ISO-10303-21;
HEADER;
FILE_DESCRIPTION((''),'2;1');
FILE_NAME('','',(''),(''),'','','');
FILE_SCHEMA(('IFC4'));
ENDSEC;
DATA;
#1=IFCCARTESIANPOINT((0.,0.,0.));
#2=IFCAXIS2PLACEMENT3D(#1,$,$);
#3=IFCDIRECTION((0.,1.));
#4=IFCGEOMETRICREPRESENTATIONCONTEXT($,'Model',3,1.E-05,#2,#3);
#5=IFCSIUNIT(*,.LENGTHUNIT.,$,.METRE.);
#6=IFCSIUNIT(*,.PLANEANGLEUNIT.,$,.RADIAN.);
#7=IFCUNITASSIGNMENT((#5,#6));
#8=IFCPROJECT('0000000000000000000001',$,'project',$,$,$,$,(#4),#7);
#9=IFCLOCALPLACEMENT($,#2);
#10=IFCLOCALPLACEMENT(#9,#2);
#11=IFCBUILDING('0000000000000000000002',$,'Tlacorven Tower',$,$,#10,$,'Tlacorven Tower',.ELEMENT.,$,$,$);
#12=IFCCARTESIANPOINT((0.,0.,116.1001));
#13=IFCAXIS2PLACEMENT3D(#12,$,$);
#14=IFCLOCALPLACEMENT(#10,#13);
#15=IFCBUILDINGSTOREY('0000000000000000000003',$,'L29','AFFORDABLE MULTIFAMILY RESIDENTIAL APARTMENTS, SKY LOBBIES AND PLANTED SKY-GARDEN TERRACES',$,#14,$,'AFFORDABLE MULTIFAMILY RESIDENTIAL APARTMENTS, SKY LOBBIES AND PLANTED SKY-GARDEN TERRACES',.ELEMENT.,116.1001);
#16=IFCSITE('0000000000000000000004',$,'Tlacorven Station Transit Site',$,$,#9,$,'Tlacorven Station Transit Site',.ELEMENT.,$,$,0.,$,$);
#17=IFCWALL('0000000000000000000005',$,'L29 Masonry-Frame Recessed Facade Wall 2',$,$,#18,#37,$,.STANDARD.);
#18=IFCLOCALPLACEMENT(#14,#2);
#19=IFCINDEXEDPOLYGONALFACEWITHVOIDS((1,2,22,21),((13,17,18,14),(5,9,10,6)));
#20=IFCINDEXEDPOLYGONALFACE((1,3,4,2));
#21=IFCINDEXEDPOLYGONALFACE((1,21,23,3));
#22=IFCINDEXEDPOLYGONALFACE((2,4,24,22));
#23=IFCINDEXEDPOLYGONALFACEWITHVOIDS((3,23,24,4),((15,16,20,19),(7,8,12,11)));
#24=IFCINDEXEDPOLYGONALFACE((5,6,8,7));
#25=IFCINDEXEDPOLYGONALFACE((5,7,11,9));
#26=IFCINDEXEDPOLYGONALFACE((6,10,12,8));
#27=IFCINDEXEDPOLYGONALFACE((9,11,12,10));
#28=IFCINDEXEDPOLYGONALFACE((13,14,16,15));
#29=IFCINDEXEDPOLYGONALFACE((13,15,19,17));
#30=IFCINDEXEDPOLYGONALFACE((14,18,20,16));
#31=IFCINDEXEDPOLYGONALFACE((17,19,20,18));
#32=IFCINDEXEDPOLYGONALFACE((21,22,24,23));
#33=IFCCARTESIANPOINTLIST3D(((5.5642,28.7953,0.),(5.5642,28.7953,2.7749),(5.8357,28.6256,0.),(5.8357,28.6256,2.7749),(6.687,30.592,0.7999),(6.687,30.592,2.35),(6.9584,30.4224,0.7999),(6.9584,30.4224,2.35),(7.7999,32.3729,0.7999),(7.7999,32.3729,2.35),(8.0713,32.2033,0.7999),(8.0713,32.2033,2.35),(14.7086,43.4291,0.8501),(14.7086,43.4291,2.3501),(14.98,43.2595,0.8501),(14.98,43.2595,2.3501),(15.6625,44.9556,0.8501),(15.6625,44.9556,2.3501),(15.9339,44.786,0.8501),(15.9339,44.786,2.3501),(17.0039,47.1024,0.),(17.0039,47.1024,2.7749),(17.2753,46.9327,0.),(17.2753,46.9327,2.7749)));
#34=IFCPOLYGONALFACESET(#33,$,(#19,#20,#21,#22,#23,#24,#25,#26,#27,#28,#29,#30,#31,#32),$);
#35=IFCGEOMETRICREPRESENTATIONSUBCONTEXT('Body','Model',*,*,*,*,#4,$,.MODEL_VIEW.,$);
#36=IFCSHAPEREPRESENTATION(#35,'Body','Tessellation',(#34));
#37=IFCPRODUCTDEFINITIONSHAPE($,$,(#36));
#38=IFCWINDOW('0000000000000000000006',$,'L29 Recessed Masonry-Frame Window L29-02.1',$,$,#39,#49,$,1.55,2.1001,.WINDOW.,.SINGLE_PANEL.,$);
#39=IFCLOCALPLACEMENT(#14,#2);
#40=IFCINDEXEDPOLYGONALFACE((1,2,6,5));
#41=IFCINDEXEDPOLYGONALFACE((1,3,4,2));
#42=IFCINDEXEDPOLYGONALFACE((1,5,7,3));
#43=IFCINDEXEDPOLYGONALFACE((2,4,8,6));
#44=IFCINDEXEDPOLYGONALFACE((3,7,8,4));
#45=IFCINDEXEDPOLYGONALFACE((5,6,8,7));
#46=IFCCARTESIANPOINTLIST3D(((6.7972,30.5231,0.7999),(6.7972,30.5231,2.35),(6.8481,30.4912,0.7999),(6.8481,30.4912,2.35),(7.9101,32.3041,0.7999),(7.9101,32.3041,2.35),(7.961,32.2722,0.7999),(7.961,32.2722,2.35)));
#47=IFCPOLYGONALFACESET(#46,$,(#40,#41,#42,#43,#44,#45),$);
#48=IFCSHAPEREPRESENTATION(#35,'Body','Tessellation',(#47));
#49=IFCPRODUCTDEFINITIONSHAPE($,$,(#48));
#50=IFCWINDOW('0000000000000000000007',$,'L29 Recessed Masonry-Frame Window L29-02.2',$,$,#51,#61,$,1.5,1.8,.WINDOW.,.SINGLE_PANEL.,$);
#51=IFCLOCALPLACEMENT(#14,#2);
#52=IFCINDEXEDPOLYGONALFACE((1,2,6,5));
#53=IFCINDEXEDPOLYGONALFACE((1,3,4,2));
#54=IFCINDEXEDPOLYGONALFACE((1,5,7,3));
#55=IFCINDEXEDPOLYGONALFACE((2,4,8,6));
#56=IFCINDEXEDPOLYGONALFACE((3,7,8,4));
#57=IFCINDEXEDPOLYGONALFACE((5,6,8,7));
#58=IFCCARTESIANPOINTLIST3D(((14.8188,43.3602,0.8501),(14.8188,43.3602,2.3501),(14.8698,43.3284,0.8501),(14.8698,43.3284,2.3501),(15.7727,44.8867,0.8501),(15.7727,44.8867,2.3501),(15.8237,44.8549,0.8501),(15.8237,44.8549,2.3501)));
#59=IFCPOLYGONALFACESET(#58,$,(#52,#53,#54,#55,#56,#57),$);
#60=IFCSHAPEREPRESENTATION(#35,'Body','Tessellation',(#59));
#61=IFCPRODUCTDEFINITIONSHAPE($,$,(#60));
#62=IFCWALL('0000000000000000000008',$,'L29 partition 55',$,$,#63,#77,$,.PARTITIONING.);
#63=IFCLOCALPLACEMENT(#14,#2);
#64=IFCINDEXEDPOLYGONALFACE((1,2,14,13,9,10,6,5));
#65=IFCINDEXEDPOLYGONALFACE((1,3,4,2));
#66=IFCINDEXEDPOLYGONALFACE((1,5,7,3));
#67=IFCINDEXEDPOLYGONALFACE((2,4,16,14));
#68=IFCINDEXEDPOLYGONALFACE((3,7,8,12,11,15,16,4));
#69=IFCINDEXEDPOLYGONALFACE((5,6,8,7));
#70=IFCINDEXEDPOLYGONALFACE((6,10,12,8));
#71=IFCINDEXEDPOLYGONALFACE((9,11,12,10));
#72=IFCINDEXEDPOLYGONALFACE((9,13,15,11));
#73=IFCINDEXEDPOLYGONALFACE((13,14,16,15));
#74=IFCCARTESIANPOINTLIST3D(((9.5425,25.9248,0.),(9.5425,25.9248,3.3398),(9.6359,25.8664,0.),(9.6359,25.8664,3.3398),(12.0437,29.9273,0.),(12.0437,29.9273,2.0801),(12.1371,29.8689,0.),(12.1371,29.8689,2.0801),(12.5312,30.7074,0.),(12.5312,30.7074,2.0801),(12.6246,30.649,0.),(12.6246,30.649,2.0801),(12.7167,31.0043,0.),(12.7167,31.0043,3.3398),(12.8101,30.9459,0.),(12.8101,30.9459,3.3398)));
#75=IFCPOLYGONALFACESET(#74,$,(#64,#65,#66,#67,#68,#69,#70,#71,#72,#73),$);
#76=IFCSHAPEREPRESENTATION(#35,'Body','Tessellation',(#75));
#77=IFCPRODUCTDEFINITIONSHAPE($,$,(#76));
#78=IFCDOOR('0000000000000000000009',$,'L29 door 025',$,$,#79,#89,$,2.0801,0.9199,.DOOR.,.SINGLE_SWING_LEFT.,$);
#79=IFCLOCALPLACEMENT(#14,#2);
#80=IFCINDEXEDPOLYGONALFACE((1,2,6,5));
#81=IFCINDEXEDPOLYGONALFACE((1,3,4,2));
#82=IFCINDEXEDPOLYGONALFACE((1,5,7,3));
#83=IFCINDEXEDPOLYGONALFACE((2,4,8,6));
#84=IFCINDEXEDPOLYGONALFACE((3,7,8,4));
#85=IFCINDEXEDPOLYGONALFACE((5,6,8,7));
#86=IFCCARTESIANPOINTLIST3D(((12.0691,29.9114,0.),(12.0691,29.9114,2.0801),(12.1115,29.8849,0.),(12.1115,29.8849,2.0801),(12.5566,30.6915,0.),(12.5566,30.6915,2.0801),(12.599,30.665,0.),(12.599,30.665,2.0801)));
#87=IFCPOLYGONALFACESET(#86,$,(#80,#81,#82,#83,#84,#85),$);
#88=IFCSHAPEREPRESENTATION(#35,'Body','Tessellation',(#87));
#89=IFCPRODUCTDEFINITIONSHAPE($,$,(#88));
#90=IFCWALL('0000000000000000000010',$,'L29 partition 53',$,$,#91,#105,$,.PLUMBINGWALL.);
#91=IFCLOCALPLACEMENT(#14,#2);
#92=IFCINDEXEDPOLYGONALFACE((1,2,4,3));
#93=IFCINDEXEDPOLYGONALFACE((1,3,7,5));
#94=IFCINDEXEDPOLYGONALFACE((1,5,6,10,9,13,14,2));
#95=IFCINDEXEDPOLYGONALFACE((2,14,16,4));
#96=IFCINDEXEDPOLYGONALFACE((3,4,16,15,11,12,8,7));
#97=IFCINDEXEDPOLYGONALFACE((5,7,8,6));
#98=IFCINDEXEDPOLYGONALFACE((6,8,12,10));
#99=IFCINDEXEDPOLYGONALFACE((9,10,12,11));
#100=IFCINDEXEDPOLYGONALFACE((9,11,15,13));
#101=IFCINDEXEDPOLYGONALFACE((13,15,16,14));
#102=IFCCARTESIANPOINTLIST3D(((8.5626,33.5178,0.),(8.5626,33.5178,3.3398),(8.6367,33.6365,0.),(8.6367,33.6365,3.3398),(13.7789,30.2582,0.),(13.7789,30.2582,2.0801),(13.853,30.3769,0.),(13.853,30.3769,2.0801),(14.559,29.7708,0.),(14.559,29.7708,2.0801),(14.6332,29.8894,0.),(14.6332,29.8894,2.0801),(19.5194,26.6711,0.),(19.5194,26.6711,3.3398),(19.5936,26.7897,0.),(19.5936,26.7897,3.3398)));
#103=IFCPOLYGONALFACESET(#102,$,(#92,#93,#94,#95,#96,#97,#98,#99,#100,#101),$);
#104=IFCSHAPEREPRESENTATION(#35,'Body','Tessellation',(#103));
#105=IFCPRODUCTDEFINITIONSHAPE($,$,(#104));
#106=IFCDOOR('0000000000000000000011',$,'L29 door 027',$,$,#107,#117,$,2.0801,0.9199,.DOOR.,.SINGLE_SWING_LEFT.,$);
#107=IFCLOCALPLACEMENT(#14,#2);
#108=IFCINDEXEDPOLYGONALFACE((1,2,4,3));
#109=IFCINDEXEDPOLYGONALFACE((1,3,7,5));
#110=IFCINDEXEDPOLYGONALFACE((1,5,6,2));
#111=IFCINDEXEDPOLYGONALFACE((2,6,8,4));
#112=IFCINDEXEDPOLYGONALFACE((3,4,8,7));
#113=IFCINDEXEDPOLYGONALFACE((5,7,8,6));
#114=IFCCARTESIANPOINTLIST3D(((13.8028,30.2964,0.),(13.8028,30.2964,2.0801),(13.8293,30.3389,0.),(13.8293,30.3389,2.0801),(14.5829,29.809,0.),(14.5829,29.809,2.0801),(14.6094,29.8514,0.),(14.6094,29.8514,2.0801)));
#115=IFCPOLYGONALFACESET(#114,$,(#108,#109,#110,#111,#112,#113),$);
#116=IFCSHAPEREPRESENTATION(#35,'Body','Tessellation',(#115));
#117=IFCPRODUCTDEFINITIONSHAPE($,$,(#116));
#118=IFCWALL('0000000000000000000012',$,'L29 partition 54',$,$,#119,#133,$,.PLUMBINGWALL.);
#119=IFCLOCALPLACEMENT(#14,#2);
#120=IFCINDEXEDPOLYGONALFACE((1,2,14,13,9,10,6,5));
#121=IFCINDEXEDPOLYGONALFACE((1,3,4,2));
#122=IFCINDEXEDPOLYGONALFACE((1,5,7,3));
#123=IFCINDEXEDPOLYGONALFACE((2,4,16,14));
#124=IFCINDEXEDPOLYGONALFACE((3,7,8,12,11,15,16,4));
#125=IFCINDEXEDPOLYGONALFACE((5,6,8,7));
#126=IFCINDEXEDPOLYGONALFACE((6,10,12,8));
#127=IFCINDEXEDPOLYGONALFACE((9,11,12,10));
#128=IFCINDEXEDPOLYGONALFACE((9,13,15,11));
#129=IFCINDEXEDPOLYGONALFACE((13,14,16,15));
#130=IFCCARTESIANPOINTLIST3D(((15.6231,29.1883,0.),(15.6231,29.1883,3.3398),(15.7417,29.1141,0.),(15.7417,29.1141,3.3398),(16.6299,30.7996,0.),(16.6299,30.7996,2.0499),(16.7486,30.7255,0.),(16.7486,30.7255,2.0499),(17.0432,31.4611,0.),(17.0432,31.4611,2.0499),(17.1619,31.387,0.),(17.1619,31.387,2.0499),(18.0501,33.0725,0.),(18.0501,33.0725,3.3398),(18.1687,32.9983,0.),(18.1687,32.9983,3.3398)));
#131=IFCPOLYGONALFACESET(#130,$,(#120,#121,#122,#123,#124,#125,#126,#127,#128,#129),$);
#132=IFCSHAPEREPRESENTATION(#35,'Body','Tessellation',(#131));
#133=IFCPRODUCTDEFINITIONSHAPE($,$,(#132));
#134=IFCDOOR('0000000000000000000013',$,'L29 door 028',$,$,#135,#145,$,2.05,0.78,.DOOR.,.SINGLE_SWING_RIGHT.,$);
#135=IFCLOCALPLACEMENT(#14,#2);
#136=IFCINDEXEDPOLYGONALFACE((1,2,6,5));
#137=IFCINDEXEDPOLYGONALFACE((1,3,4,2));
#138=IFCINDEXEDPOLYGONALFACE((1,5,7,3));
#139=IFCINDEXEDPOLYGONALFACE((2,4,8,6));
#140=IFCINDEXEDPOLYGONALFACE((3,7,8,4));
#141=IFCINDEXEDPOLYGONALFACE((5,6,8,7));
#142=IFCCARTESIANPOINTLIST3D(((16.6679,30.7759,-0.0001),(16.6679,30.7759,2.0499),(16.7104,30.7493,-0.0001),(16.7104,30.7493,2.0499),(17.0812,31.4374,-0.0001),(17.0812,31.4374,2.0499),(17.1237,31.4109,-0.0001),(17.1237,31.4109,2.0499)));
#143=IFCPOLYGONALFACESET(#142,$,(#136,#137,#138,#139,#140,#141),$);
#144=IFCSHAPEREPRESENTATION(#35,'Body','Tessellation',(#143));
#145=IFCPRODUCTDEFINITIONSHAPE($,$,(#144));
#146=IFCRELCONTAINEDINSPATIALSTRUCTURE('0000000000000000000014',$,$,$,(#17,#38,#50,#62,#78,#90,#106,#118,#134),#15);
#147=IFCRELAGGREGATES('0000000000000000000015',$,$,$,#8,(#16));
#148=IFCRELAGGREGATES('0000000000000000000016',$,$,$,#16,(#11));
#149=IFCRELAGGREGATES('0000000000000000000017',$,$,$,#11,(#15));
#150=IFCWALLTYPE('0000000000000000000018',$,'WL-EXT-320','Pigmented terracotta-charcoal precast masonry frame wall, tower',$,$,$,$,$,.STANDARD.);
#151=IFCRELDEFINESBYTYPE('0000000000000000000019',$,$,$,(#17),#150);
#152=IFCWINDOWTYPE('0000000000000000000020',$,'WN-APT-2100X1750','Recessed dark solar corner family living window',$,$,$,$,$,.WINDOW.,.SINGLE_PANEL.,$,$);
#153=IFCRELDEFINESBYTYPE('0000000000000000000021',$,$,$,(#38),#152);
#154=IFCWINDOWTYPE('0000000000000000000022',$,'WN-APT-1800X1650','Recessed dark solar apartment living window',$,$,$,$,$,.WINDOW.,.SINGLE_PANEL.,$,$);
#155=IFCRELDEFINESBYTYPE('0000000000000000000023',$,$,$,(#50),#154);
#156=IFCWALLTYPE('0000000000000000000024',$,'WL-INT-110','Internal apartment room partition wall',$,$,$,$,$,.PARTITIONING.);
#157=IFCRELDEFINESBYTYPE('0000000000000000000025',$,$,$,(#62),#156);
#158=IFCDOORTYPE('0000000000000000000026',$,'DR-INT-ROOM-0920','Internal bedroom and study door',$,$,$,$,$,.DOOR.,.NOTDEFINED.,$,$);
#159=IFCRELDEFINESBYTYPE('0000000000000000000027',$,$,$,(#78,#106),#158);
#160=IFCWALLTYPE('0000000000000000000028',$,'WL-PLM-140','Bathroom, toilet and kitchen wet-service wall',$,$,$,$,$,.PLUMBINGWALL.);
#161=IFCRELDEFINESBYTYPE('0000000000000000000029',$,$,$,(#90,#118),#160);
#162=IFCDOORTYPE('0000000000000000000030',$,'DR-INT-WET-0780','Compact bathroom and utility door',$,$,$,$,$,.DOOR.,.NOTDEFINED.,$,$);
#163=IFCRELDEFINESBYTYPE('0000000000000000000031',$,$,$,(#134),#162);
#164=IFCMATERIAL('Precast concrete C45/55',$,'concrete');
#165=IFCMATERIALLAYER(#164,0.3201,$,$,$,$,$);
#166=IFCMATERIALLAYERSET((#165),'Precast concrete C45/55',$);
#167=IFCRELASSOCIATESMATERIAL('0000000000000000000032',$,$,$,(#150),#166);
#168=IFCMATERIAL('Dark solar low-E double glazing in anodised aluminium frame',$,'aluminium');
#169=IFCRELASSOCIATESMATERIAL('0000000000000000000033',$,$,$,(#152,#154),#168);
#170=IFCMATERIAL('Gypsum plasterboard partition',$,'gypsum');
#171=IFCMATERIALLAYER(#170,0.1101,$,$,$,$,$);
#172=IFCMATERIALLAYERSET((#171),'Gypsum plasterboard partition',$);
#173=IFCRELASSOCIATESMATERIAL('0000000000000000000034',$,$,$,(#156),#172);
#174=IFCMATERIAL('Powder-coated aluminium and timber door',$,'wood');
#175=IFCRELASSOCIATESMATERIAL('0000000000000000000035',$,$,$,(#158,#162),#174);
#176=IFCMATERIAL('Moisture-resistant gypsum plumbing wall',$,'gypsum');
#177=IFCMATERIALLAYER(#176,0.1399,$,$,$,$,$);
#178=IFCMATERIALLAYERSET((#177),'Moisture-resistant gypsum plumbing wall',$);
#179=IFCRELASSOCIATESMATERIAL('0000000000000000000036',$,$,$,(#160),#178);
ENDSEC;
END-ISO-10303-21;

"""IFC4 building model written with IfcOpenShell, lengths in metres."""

from ifc_helpers import new_model, si_unit, direction, frame, frame_2d, origin, place, context, subcontext, project, spatial, rectangle, extrude, source, transform, mapped, material, layer, layer_set, type_object, element, fill, save


model = new_model("IFC4")

# Units and contexts
model_context = context("Model", 3, precision=1e-05, world=origin(), true_north=direction((0.0, 1.0)))
body_context = subcontext(model_context, "Body", "Model", "MODEL_VIEW")
ifc_project = project(units=[si_unit("LENGTHUNIT", "METRE"), si_unit("PLANEANGLEUNIT", "RADIAN")], contexts=[model_context])

# Site, building, storey
site_placement = place(None, origin())
site = spatial("IfcSite", under=ifc_project, at=site_placement, Name="Tlacorven Station Transit Site", LongName="Tlacorven Station Transit Site", CompositionType="ELEMENT", RefElevation=0.0)
building_placement = place(site_placement, origin())
building = spatial("IfcBuilding", under=site, at=building_placement, Name="Tlacorven Tower", LongName="Tlacorven Tower", CompositionType="ELEMENT")
storey_placement = place(building_placement, frame((0.0, 0.0, 116.1001)))
storey = spatial("IfcBuildingStorey", under=building, at=storey_placement, Name="L29", Description="AFFORDABLE MULTIFAMILY RESIDENTIAL APARTMENTS, SKY LOBBIES AND PLANTED SKY-GARDEN TERRACES", LongName="AFFORDABLE MULTIFAMILY RESIDENTIAL APARTMENTS, SKY LOBBIES AND PLANTED SKY-GARDEN TERRACES", CompositionType="ELEMENT", Elevation=116.1001)

# Wall, openings, windows
ifc_material_1 = material(Name="Precast concrete C45/55", Category="concrete")
ifc_layer_1 = layer(ifc_material_1, 0.3201)
ifc_layer_set_1 = layer_set([ifc_layer_1], Name="Precast concrete C45/55")
wall_type_1 = type_object("IfcWallType", Name="WL-EXT-320", Description="Pigmented terracotta-charcoal precast masonry frame wall, tower", PredefinedType="STANDARD", material=ifc_layer_set_1)
wall_1_placement = place(storey_placement, frame((5.7, 28.7104, 0.0), z_axis=(0.0, 0.0, 1.0), x_axis=(0.529924, 0.848045, 0.0)))
wall_1 = element("IfcWall", 1, at=wall_1_placement, inside=storey, type_object=wall_type_1, Name="L29 Masonry-Frame Recessed Facade Wall 2", PredefinedType="STANDARD", context=body_context, shape_type="SweptSolid", body=[
    extrude(rectangle(XDim=21.5874, YDim=0.3201, at=frame_2d((10.7937, 0.0))), origin(), (0.0, 0.0, 1.0), 2.7749),
])
opening_1_placement = place(wall_1_placement, frame((2.1187, 0.0, 0.8)))
opening_1 = element("IfcOpeningElement", 2, at=opening_1_placement, cuts=wall_1, PredefinedType="OPENING", context=body_context, shape_type="SweptSolid", body=[
    extrude(rectangle(XDim=2.1001, YDim=1.55, at=frame_2d((1.05, 0.7749))), frame((0.0, 0.1699, 0.0), z_axis=(0.0, -1.0, 0.0), x_axis=(1.0, 0.0, 0.0)), (0.0, 0.0, 1.0), 0.3401),
])
opening_2_placement = place(wall_1_placement, frame((17.2561, 0.0, 0.8501)))
opening_2 = element("IfcOpeningElement", 3, at=opening_2_placement, cuts=wall_1, PredefinedType="OPENING", context=body_context, shape_type="SweptSolid", body=[
    extrude(rectangle(XDim=1.8, YDim=1.5, at=frame_2d((0.8999, 0.75))), frame((0.0, 0.1699, 0.0), z_axis=(0.0, -1.0, 0.0), x_axis=(1.0, 0.0, 0.0)), (0.0, 0.0, 1.0), 0.3401),
])
ifc_material_2 = material(Name="Dark solar low-E double glazing in anodised aluminium frame", Category="aluminium")
window_type_1 = type_object("IfcWindowType", Name="WN-APT-2100X1750", Description="Recessed dark solar corner family living window", PartitioningType="SINGLE_PANEL", PredefinedType="WINDOW", material=ifc_material_2)
shared_shape_1 = source(origin(), body_context, "Body", "SweptSolid", [
    extrude(rectangle(XDim=2.1001, YDim=1.55, at=frame_2d((1.05, 0.7749))), frame((0.0, 0.03, 0.0), z_axis=(0.0, -1.0, 0.0), x_axis=(1.0, 0.0, 0.0)), (0.0, 0.0, 1.0), 0.0601),
])
window_1_placement = place(opening_1_placement, origin())
window_1 = element("IfcWindow", 4, at=window_1_placement, inside=storey, type_object=window_type_1, Name="L29 Recessed Masonry-Frame Window L29-02.1", OverallHeight=1.55, OverallWidth=2.1001, PartitioningType="SINGLE_PANEL", PredefinedType="WINDOW", context=body_context, shape_type="MappedRepresentation", body=[
    mapped(shared_shape_1, transform((0.0, 0.0, 0.0), scale=1.0)),
])
fill(opening_1, window_1)
window_type_2 = type_object("IfcWindowType", Name="WN-APT-1800X1650", Description="Recessed dark solar apartment living window", PartitioningType="SINGLE_PANEL", PredefinedType="WINDOW", material=ifc_material_2)
shared_shape_2 = source(origin(), body_context, "Body", "SweptSolid", [
    extrude(rectangle(XDim=1.8, YDim=1.5, at=frame_2d((0.8999, 0.75))), frame((0.0, 0.03, 0.0), z_axis=(0.0, -1.0, 0.0), x_axis=(1.0, 0.0, 0.0)), (0.0, 0.0, 1.0), 0.0601),
])
window_2_placement = place(opening_2_placement, origin())
window_2 = element("IfcWindow", 5, at=window_2_placement, inside=storey, type_object=window_type_2, Name="L29 Recessed Masonry-Frame Window L29-02.2", OverallHeight=1.5, OverallWidth=1.8, PartitioningType="SINGLE_PANEL", PredefinedType="WINDOW", context=body_context, shape_type="MappedRepresentation", body=[
    mapped(shared_shape_2, transform((0.0, 0.0, 0.0), scale=1.0)),
])
fill(opening_2, window_2)

# Walls, openings, doors
ifc_material_3 = material(Name="Gypsum plasterboard partition", Category="gypsum")
ifc_layer_2 = layer(ifc_material_3, 0.1101)
ifc_layer_set_2 = layer_set([ifc_layer_2], Name="Gypsum plasterboard partition")
wall_type_2 = type_object("IfcWallType", Name="WL-INT-110", Description="Internal apartment room partition wall", PredefinedType="PARTITIONING", material=ifc_layer_set_2)
wall_2_placement = place(storey_placement, frame((12.7634, 30.9751, 0.0), z_axis=(0.0, 0.0, 1.0), x_axis=(-0.529948, -0.84803, 0.0)))
wall_2 = element("IfcWall", 6, at=wall_2_placement, inside=storey, type_object=wall_type_2, Name="L29 partition 55", PredefinedType="PARTITIONING", context=body_context, shape_type="SweptSolid", body=[
    extrude(rectangle(XDim=5.9897, YDim=0.1101, at=frame_2d((2.9949, 0.0))), origin(), (0.0, 0.0, 1.0), 3.3398),
])
opening_3_placement = place(wall_2_placement, frame((0.3501, 0.0, 0.0)))
opening_3 = element("IfcOpeningElement", 7, at=opening_3_placement, cuts=wall_2, PredefinedType="OPENING", context=body_context, shape_type="SweptSolid", body=[
    extrude(rectangle(XDim=0.9199, YDim=2.0801, at=frame_2d((0.46, 1.04))), frame((0.0, 0.0649, 0.0), z_axis=(0.0, -1.0, 0.0), x_axis=(1.0, 0.0, 0.0)), (0.0, 0.0, 1.0), 0.1301),
])
ifc_material_4 = material(Name="Powder-coated aluminium and timber door", Category="wood")
door_type_1 = type_object("IfcDoorType", Name="DR-INT-ROOM-0920", Description="Internal bedroom and study door", OperationType="NOTDEFINED", PredefinedType="DOOR", material=ifc_material_4)
shared_shape_3 = source(origin(), body_context, "Body", "SweptSolid", [
    extrude(rectangle(XDim=0.9199, YDim=2.0801, at=frame_2d((0.46, 1.04))), frame((0.0, 0.0249, 0.0), z_axis=(0.0, -1.0, 0.0), x_axis=(1.0, 0.0, 0.0)), (0.0, 0.0, 1.0), 0.05),
])
door_1_placement = place(opening_3_placement, origin())
door_1 = element("IfcDoor", 8, at=door_1_placement, inside=storey, type_object=door_type_1, Name="L29 door 025", OperationType="SINGLE_SWING_LEFT", OverallHeight=2.0801, OverallWidth=0.9199, PredefinedType="DOOR", context=body_context, shape_type="MappedRepresentation", body=[
    mapped(shared_shape_3, transform((0.0, 0.0, 0.0), scale=1.0)),
])
fill(opening_3, door_1)
ifc_material_5 = material(Name="Moisture-resistant gypsum plumbing wall", Category="gypsum")
ifc_layer_3 = layer(ifc_material_5, 0.1399)
ifc_layer_set_3 = layer_set([ifc_layer_3], Name="Moisture-resistant gypsum plumbing wall")
wall_type_3 = type_object("IfcWallType", Name="WL-PLM-140", Description="Bathroom, toilet and kitchen wet-service wall", PredefinedType="PLUMBINGWALL", material=ifc_layer_set_3)
wall_3_placement = place(storey_placement, frame((19.5564, 26.7305, 0.0), z_axis=(0.0, 0.0, 1.0), x_axis=(-0.848044, 0.529926, 0.0)))
wall_3 = element("IfcWall", 9, at=wall_3_placement, inside=storey, type_object=wall_type_3, Name="L29 partition 53", PredefinedType="PLUMBINGWALL", context=body_context, shape_type="SweptSolid", body=[
    extrude(rectangle(XDim=12.9202, YDim=0.1399, at=frame_2d((6.46, 0.0))), origin(), (0.0, 0.0, 1.0), 3.3398),
])
opening_4_placement = place(wall_3_placement, frame((5.8491, 0.0, 0.0)))
opening_4 = element("IfcOpeningElement", 10, at=opening_4_placement, cuts=wall_3, PredefinedType="OPENING", context=body_context, shape_type="SweptSolid", body=[
    extrude(rectangle(XDim=0.9199, YDim=2.0801, at=frame_2d((0.46, 1.04))), frame((0.0, 0.0801, 0.0), z_axis=(0.0, -1.0, 0.0), x_axis=(1.0, 0.0, 0.0)), (0.0, 0.0, 1.0), 0.1599),
])
door_2_placement = place(opening_4_placement, origin())
door_2 = element("IfcDoor", 11, at=door_2_placement, inside=storey, type_object=door_type_1, Name="L29 door 027", OperationType="SINGLE_SWING_LEFT", OverallHeight=2.0801, OverallWidth=0.9199, PredefinedType="DOOR", context=body_context, shape_type="MappedRepresentation", body=[
    mapped(shared_shape_3, transform((0.0, 0.0, 0.0), scale=1.0)),
])
fill(opening_4, door_2)
wall_4_placement = place(storey_placement, frame((18.1094, 33.0354, 0.0), z_axis=(0.0, 0.0, 1.0), x_axis=(-0.529894, -0.848064, 0.0)))
wall_4 = element("IfcWall", 12, at=wall_4_placement, inside=storey, type_object=wall_type_3, Name="L29 partition 54", PredefinedType="PLUMBINGWALL", context=body_context, shape_type="SweptSolid", body=[
    extrude(rectangle(XDim=4.5801, YDim=0.1399, at=frame_2d((2.29, 0.0))), origin(), (0.0, 0.0, 1.0), 3.3398),
])
opening_5_placement = place(wall_4_placement, frame((1.8999, 0.0, 0.0)))
opening_5 = element("IfcOpeningElement", 13, at=opening_5_placement, cuts=wall_4, PredefinedType="OPENING", context=body_context, shape_type="SweptSolid", body=[
    extrude(rectangle(XDim=0.78, YDim=2.05, at=frame_2d((0.3901, 1.0249))), frame((0.0, 0.0801, 0.0), z_axis=(0.0, -1.0, 0.0), x_axis=(1.0, 0.0, 0.0)), (0.0, 0.0, 1.0), 0.1599),
])
door_type_2 = type_object("IfcDoorType", Name="DR-INT-WET-0780", Description="Compact bathroom and utility door", OperationType="NOTDEFINED", PredefinedType="DOOR", material=ifc_material_4)
shared_shape_4 = source(origin(), body_context, "Body", "SweptSolid", [
    extrude(rectangle(XDim=0.78, YDim=2.05, at=frame_2d((0.3901, 1.0249))), frame((0.0, 0.0249, 0.0), z_axis=(0.0, -1.0, 0.0), x_axis=(1.0, 0.0, 0.0)), (0.0, 0.0, 1.0), 0.05),
])
door_3_placement = place(opening_5_placement, origin())
door_3 = element("IfcDoor", 14, at=door_3_placement, inside=storey, type_object=door_type_2, Name="L29 door 028", OperationType="SINGLE_SWING_RIGHT", OverallHeight=2.05, OverallWidth=0.78, PredefinedType="DOOR", context=body_context, shape_type="MappedRepresentation", body=[
    mapped(shared_shape_4, transform((0.0, 0.0, 0.0), scale=1.0)),
])
fill(opening_5, door_3)

save(model, "model.ifc")
